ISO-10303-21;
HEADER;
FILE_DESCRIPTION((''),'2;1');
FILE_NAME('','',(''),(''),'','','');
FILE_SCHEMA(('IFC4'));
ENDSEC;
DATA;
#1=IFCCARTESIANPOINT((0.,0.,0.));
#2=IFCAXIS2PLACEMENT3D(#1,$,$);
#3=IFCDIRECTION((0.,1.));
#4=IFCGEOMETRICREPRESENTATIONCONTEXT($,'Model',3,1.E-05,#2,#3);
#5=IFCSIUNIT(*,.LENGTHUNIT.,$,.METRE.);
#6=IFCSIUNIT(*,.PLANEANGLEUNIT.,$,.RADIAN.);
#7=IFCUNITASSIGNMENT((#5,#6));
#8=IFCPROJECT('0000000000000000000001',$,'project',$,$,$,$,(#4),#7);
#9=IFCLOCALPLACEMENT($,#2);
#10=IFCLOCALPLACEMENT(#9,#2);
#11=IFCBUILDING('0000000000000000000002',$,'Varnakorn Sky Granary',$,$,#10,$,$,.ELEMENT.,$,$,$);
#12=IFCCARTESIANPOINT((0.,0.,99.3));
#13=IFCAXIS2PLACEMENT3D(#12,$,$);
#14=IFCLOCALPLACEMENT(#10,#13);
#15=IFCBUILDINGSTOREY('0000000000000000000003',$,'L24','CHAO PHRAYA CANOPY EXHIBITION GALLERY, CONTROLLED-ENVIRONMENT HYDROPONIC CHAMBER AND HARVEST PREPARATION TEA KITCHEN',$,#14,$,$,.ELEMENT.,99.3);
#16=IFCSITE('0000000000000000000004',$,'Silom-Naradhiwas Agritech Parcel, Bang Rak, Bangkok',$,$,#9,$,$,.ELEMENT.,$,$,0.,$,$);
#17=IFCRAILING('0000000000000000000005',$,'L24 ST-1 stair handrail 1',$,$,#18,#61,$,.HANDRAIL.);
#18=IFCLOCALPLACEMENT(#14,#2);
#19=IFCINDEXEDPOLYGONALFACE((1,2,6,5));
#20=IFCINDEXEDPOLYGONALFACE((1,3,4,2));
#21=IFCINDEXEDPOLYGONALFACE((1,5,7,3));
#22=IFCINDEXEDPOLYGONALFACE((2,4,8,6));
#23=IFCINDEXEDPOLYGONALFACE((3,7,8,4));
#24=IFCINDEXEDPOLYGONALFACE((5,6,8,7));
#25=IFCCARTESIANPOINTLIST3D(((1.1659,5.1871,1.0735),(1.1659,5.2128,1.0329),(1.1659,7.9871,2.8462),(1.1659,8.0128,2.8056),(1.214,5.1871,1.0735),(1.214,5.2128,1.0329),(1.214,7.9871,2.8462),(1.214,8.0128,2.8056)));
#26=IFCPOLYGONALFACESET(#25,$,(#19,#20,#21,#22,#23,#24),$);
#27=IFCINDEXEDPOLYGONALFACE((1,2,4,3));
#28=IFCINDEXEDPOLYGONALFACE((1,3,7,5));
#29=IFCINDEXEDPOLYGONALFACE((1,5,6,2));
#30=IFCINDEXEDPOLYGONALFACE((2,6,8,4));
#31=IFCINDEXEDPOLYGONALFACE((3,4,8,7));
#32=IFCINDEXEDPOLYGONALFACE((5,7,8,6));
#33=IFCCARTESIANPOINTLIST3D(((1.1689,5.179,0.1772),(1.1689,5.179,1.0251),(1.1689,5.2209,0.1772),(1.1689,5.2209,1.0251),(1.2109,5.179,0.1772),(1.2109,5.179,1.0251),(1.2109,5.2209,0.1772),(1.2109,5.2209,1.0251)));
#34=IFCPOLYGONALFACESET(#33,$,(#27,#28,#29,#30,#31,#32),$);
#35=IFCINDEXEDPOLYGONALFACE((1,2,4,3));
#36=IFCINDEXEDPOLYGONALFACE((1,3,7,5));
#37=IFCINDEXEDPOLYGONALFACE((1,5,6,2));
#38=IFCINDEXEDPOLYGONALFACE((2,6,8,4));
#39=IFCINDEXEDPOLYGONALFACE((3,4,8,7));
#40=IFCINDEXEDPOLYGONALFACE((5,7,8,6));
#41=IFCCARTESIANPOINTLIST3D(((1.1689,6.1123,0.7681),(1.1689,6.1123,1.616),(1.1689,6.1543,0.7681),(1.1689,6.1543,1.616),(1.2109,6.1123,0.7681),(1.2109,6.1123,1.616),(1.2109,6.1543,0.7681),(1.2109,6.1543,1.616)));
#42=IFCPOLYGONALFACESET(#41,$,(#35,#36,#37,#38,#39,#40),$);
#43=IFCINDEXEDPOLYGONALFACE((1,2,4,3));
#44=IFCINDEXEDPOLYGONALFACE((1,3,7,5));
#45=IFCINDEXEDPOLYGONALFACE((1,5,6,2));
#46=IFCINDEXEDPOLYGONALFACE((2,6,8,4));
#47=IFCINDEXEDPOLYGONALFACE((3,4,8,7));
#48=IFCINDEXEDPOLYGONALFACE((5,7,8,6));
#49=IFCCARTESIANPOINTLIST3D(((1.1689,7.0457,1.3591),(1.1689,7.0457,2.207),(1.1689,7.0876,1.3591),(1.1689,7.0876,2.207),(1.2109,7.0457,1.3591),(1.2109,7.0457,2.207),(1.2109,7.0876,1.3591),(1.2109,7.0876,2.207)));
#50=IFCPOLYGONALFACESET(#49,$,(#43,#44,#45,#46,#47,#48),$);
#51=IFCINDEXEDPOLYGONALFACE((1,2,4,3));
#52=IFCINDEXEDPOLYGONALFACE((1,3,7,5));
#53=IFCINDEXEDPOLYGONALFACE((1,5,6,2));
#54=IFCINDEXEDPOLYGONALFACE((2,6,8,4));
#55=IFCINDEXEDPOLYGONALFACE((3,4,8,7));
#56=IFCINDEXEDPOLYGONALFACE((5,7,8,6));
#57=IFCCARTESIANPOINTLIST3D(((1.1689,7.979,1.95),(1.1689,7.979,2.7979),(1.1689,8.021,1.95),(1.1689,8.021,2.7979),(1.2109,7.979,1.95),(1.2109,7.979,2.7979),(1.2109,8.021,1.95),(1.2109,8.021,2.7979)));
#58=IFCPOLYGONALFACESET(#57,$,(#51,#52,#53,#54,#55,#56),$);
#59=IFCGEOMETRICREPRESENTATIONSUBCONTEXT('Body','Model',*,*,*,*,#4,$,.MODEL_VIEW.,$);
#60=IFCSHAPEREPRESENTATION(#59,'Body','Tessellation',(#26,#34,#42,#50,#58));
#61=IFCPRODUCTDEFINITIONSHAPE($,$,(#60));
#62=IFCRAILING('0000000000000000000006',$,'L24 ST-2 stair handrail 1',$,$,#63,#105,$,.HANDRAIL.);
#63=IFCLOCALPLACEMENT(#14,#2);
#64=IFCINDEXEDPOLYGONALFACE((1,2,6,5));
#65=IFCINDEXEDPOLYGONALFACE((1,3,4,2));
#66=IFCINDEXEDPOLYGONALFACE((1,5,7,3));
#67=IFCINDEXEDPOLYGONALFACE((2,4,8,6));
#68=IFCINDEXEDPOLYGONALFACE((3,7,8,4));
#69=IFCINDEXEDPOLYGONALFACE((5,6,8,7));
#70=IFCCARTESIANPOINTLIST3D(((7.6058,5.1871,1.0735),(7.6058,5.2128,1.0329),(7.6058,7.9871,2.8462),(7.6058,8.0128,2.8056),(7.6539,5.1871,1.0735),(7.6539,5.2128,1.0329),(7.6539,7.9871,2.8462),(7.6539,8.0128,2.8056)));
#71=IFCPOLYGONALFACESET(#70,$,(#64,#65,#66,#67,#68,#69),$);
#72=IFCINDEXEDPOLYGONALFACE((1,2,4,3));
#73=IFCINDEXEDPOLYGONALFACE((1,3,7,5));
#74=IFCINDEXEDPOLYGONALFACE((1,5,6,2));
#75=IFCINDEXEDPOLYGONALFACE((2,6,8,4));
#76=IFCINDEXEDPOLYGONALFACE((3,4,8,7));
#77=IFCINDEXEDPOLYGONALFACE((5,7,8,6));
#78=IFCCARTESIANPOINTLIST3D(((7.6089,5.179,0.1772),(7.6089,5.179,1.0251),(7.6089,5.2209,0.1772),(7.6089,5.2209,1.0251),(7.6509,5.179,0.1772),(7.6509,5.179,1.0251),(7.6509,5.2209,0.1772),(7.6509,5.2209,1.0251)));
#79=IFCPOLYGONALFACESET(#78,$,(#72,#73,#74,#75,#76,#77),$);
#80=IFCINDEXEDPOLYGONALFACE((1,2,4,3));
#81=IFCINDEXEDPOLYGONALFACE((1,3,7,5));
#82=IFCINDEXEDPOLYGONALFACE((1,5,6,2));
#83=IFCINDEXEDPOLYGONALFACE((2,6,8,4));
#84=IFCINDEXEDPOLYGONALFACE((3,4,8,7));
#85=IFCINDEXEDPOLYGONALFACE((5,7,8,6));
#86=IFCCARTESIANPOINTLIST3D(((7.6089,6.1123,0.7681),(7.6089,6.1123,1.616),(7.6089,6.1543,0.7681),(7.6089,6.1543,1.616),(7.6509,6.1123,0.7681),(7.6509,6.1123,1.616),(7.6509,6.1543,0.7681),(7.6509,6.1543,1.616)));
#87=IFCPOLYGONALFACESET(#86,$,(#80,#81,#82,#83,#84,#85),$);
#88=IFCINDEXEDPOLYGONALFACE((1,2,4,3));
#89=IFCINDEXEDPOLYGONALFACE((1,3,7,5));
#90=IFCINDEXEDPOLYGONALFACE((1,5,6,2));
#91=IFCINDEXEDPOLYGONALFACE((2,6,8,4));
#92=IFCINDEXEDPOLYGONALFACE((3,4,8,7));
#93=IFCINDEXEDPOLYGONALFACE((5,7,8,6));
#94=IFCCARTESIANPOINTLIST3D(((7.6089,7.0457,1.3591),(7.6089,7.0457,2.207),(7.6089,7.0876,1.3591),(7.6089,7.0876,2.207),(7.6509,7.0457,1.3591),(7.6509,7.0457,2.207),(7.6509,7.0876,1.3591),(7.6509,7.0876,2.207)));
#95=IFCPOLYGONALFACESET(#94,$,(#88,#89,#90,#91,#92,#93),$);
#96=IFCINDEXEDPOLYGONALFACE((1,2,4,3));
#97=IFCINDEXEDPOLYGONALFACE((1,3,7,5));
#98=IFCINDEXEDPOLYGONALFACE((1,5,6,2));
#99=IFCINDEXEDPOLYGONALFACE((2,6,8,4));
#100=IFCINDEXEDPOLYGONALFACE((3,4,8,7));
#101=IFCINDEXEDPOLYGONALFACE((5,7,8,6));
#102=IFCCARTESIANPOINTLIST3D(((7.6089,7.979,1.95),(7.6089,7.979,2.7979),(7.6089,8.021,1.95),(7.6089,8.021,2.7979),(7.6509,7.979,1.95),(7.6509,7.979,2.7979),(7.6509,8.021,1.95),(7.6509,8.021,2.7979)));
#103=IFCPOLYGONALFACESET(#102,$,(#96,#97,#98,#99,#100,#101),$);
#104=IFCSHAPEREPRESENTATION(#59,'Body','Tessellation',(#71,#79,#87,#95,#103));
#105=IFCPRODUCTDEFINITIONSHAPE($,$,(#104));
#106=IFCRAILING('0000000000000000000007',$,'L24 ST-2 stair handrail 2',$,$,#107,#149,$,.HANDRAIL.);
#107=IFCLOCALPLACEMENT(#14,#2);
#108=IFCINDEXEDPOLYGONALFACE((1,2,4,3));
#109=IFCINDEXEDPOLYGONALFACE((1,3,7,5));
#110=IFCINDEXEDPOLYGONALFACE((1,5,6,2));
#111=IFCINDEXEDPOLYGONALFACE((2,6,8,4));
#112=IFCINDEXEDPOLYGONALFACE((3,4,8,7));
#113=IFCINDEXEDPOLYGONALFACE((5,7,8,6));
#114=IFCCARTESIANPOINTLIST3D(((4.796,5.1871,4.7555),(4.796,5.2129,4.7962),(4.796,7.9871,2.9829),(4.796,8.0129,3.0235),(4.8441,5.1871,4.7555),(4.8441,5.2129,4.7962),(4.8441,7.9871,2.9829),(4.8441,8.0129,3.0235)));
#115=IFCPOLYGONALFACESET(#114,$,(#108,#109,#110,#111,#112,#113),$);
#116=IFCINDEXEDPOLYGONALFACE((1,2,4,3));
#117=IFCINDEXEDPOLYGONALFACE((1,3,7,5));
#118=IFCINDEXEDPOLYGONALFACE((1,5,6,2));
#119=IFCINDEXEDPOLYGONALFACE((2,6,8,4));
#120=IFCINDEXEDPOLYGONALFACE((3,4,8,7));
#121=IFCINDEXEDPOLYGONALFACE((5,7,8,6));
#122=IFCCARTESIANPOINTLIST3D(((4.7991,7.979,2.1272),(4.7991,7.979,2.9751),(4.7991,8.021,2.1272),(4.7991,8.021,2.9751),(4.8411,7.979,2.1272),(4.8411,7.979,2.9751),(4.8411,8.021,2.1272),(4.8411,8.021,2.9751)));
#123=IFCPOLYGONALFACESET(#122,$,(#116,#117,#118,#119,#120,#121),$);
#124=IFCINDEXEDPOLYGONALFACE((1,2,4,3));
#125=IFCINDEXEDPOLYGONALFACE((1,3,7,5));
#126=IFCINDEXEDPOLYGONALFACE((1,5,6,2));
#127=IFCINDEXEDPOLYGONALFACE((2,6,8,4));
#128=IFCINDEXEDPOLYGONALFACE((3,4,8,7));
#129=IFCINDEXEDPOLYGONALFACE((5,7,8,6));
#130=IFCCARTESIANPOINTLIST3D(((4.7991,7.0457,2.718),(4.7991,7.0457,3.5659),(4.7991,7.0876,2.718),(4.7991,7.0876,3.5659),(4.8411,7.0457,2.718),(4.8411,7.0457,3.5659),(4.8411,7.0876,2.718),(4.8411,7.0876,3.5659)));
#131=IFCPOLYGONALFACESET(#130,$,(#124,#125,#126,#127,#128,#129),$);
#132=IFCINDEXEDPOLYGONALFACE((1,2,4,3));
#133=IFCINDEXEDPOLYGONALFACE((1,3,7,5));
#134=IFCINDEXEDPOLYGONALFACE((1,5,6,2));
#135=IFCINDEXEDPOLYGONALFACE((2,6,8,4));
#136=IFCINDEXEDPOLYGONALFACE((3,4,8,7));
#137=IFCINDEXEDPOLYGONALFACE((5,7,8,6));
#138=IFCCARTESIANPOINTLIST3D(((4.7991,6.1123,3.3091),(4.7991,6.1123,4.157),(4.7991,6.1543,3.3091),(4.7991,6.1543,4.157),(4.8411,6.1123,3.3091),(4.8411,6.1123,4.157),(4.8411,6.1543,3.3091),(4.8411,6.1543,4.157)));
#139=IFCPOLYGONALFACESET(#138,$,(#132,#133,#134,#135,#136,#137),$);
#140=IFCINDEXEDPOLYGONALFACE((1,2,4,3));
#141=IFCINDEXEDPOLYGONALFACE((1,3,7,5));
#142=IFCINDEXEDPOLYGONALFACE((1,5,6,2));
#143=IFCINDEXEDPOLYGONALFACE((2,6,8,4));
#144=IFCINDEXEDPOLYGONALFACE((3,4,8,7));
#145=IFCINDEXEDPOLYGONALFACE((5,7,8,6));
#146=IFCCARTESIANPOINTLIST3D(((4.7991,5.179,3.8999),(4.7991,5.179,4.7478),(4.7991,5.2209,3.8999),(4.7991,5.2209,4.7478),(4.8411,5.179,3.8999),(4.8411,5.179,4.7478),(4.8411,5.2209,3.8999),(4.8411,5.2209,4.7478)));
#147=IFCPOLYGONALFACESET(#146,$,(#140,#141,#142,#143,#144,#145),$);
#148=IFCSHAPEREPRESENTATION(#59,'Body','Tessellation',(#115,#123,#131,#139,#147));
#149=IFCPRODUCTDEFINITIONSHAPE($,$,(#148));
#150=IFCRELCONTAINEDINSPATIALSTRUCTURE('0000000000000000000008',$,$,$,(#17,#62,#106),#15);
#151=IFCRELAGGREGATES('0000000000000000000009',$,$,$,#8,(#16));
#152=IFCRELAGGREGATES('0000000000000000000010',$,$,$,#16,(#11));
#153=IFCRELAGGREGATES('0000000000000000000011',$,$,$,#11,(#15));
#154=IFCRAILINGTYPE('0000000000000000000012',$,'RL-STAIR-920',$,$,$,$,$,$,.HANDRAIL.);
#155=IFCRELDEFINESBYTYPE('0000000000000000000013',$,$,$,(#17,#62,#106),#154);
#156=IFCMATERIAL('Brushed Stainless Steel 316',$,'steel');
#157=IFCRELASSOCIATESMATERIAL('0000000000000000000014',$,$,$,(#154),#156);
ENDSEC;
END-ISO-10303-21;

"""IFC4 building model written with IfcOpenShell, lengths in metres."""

from ifc_helpers import new_model, si_unit, direction, frame, origin, origin_2d, place, context, subcontext, project, spatial, rectangle, extrude, material, type_object, element, save


model = new_model("IFC4")

# Units and contexts
model_context = context("Model", 3, precision=1e-05, world=origin(), true_north=direction((0.0, 1.0)))
body_context = subcontext(model_context, "Body", "Model", "MODEL_VIEW")
ifc_project = project(units=[si_unit("LENGTHUNIT", "METRE"), si_unit("PLANEANGLEUNIT", "RADIAN")], contexts=[model_context])

# Site, building, storey
site_placement = place(None, origin())
site = spatial("IfcSite", under=ifc_project, at=site_placement, Name="Silom-Naradhiwas Agritech Parcel, Bang Rak, Bangkok", CompositionType="ELEMENT", RefElevation=0.0)
building_placement = place(site_placement, origin())
building = spatial("IfcBuilding", under=site, at=building_placement, Name="Varnakorn Sky Granary", CompositionType="ELEMENT")
storey_placement = place(building_placement, frame((0.0, 0.0, 99.3)))
storey = spatial("IfcBuildingStorey", under=building, at=storey_placement, Name="L24", Description="CHAO PHRAYA CANOPY EXHIBITION GALLERY, CONTROLLED-ENVIRONMENT HYDROPONIC CHAMBER AND HARVEST PREPARATION TEA KITCHEN", CompositionType="ELEMENT", Elevation=99.3)

# Railings
ifc_material_1 = material(Name="Brushed Stainless Steel 316", Category="steel")
railing_type_1 = type_object("IfcRailingType", Name="RL-STAIR-920", PredefinedType="HANDRAIL", material=ifc_material_1)
for number, where, name in (
    (1, (1.1899, 5.2, 0.1772), "L24 ST-1 stair handrail 1"),
    (2, (7.6299, 5.2, 0.1772), "L24 ST-2 stair handrail 1"),
):
    element("IfcRailing", number, at=place(storey_placement, frame(where)), inside=storey, type_object=railing_type_1, Name=name, PredefinedType="HANDRAIL", context=body_context, shape_type="SweptSolid", body=[
        extrude(rectangle(XDim=0.0481, YDim=0.0481, at=origin_2d()), frame((0.0, 0.0, 0.876), z_axis=(0.0, 0.844909, 0.53491), x_axis=(-1.0, 0.0, 0.0)), (0.0, 0.0, 1.0), 3.314),
        extrude(rectangle(XDim=0.042, YDim=0.042, at=origin_2d()), origin(), (0.0, 0.0, 1.0), 0.8479),
        extrude(rectangle(XDim=0.042, YDim=0.042, at=origin_2d()), frame((0.0, 0.9333, 0.5908)), (0.0, 0.0, 1.0), 0.8479),
        extrude(rectangle(XDim=0.042, YDim=0.042, at=origin_2d()), frame((0.0, 1.8667, 1.1819)), (0.0, 0.0, 1.0), 0.8479),
        extrude(rectangle(XDim=0.042, YDim=0.042, at=origin_2d()), frame((0.0, 2.8, 1.7727)), (0.0, 0.0, 1.0), 0.8479),
    ])
railing_1_placement = place(storey_placement, frame((4.8201, 8.0, 2.1272)))
element("IfcRailing", 3, at=railing_1_placement, inside=storey, type_object=railing_type_1, Name="L24 ST-2 stair handrail 2", PredefinedType="HANDRAIL", context=body_context, shape_type="SweptSolid", body=[
    extrude(rectangle(XDim=0.0481, YDim=0.0481, at=origin_2d()), frame((0.0, 0.0, 0.876), z_axis=(0.0, -0.844909, 0.53491), x_axis=(1.0, 0.0, 0.0)), (0.0, 0.0, 1.0), 3.314),
    extrude(rectangle(XDim=0.042, YDim=0.042, at=origin_2d()), origin(), (0.0, 0.0, 1.0), 0.8479),
    extrude(rectangle(XDim=0.042, YDim=0.042, at=origin_2d()), frame((0.0, -0.9333, 0.5908)), (0.0, 0.0, 1.0), 0.8479),
    extrude(rectangle(XDim=0.042, YDim=0.042, at=origin_2d()), frame((0.0, -1.8667, 1.1819)), (0.0, 0.0, 1.0), 0.8479),
    extrude(rectangle(XDim=0.042, YDim=0.042, at=origin_2d()), frame((0.0, -2.8, 1.7727)), (0.0, 0.0, 1.0), 0.8479),
])

save(model, "model.ifc")
